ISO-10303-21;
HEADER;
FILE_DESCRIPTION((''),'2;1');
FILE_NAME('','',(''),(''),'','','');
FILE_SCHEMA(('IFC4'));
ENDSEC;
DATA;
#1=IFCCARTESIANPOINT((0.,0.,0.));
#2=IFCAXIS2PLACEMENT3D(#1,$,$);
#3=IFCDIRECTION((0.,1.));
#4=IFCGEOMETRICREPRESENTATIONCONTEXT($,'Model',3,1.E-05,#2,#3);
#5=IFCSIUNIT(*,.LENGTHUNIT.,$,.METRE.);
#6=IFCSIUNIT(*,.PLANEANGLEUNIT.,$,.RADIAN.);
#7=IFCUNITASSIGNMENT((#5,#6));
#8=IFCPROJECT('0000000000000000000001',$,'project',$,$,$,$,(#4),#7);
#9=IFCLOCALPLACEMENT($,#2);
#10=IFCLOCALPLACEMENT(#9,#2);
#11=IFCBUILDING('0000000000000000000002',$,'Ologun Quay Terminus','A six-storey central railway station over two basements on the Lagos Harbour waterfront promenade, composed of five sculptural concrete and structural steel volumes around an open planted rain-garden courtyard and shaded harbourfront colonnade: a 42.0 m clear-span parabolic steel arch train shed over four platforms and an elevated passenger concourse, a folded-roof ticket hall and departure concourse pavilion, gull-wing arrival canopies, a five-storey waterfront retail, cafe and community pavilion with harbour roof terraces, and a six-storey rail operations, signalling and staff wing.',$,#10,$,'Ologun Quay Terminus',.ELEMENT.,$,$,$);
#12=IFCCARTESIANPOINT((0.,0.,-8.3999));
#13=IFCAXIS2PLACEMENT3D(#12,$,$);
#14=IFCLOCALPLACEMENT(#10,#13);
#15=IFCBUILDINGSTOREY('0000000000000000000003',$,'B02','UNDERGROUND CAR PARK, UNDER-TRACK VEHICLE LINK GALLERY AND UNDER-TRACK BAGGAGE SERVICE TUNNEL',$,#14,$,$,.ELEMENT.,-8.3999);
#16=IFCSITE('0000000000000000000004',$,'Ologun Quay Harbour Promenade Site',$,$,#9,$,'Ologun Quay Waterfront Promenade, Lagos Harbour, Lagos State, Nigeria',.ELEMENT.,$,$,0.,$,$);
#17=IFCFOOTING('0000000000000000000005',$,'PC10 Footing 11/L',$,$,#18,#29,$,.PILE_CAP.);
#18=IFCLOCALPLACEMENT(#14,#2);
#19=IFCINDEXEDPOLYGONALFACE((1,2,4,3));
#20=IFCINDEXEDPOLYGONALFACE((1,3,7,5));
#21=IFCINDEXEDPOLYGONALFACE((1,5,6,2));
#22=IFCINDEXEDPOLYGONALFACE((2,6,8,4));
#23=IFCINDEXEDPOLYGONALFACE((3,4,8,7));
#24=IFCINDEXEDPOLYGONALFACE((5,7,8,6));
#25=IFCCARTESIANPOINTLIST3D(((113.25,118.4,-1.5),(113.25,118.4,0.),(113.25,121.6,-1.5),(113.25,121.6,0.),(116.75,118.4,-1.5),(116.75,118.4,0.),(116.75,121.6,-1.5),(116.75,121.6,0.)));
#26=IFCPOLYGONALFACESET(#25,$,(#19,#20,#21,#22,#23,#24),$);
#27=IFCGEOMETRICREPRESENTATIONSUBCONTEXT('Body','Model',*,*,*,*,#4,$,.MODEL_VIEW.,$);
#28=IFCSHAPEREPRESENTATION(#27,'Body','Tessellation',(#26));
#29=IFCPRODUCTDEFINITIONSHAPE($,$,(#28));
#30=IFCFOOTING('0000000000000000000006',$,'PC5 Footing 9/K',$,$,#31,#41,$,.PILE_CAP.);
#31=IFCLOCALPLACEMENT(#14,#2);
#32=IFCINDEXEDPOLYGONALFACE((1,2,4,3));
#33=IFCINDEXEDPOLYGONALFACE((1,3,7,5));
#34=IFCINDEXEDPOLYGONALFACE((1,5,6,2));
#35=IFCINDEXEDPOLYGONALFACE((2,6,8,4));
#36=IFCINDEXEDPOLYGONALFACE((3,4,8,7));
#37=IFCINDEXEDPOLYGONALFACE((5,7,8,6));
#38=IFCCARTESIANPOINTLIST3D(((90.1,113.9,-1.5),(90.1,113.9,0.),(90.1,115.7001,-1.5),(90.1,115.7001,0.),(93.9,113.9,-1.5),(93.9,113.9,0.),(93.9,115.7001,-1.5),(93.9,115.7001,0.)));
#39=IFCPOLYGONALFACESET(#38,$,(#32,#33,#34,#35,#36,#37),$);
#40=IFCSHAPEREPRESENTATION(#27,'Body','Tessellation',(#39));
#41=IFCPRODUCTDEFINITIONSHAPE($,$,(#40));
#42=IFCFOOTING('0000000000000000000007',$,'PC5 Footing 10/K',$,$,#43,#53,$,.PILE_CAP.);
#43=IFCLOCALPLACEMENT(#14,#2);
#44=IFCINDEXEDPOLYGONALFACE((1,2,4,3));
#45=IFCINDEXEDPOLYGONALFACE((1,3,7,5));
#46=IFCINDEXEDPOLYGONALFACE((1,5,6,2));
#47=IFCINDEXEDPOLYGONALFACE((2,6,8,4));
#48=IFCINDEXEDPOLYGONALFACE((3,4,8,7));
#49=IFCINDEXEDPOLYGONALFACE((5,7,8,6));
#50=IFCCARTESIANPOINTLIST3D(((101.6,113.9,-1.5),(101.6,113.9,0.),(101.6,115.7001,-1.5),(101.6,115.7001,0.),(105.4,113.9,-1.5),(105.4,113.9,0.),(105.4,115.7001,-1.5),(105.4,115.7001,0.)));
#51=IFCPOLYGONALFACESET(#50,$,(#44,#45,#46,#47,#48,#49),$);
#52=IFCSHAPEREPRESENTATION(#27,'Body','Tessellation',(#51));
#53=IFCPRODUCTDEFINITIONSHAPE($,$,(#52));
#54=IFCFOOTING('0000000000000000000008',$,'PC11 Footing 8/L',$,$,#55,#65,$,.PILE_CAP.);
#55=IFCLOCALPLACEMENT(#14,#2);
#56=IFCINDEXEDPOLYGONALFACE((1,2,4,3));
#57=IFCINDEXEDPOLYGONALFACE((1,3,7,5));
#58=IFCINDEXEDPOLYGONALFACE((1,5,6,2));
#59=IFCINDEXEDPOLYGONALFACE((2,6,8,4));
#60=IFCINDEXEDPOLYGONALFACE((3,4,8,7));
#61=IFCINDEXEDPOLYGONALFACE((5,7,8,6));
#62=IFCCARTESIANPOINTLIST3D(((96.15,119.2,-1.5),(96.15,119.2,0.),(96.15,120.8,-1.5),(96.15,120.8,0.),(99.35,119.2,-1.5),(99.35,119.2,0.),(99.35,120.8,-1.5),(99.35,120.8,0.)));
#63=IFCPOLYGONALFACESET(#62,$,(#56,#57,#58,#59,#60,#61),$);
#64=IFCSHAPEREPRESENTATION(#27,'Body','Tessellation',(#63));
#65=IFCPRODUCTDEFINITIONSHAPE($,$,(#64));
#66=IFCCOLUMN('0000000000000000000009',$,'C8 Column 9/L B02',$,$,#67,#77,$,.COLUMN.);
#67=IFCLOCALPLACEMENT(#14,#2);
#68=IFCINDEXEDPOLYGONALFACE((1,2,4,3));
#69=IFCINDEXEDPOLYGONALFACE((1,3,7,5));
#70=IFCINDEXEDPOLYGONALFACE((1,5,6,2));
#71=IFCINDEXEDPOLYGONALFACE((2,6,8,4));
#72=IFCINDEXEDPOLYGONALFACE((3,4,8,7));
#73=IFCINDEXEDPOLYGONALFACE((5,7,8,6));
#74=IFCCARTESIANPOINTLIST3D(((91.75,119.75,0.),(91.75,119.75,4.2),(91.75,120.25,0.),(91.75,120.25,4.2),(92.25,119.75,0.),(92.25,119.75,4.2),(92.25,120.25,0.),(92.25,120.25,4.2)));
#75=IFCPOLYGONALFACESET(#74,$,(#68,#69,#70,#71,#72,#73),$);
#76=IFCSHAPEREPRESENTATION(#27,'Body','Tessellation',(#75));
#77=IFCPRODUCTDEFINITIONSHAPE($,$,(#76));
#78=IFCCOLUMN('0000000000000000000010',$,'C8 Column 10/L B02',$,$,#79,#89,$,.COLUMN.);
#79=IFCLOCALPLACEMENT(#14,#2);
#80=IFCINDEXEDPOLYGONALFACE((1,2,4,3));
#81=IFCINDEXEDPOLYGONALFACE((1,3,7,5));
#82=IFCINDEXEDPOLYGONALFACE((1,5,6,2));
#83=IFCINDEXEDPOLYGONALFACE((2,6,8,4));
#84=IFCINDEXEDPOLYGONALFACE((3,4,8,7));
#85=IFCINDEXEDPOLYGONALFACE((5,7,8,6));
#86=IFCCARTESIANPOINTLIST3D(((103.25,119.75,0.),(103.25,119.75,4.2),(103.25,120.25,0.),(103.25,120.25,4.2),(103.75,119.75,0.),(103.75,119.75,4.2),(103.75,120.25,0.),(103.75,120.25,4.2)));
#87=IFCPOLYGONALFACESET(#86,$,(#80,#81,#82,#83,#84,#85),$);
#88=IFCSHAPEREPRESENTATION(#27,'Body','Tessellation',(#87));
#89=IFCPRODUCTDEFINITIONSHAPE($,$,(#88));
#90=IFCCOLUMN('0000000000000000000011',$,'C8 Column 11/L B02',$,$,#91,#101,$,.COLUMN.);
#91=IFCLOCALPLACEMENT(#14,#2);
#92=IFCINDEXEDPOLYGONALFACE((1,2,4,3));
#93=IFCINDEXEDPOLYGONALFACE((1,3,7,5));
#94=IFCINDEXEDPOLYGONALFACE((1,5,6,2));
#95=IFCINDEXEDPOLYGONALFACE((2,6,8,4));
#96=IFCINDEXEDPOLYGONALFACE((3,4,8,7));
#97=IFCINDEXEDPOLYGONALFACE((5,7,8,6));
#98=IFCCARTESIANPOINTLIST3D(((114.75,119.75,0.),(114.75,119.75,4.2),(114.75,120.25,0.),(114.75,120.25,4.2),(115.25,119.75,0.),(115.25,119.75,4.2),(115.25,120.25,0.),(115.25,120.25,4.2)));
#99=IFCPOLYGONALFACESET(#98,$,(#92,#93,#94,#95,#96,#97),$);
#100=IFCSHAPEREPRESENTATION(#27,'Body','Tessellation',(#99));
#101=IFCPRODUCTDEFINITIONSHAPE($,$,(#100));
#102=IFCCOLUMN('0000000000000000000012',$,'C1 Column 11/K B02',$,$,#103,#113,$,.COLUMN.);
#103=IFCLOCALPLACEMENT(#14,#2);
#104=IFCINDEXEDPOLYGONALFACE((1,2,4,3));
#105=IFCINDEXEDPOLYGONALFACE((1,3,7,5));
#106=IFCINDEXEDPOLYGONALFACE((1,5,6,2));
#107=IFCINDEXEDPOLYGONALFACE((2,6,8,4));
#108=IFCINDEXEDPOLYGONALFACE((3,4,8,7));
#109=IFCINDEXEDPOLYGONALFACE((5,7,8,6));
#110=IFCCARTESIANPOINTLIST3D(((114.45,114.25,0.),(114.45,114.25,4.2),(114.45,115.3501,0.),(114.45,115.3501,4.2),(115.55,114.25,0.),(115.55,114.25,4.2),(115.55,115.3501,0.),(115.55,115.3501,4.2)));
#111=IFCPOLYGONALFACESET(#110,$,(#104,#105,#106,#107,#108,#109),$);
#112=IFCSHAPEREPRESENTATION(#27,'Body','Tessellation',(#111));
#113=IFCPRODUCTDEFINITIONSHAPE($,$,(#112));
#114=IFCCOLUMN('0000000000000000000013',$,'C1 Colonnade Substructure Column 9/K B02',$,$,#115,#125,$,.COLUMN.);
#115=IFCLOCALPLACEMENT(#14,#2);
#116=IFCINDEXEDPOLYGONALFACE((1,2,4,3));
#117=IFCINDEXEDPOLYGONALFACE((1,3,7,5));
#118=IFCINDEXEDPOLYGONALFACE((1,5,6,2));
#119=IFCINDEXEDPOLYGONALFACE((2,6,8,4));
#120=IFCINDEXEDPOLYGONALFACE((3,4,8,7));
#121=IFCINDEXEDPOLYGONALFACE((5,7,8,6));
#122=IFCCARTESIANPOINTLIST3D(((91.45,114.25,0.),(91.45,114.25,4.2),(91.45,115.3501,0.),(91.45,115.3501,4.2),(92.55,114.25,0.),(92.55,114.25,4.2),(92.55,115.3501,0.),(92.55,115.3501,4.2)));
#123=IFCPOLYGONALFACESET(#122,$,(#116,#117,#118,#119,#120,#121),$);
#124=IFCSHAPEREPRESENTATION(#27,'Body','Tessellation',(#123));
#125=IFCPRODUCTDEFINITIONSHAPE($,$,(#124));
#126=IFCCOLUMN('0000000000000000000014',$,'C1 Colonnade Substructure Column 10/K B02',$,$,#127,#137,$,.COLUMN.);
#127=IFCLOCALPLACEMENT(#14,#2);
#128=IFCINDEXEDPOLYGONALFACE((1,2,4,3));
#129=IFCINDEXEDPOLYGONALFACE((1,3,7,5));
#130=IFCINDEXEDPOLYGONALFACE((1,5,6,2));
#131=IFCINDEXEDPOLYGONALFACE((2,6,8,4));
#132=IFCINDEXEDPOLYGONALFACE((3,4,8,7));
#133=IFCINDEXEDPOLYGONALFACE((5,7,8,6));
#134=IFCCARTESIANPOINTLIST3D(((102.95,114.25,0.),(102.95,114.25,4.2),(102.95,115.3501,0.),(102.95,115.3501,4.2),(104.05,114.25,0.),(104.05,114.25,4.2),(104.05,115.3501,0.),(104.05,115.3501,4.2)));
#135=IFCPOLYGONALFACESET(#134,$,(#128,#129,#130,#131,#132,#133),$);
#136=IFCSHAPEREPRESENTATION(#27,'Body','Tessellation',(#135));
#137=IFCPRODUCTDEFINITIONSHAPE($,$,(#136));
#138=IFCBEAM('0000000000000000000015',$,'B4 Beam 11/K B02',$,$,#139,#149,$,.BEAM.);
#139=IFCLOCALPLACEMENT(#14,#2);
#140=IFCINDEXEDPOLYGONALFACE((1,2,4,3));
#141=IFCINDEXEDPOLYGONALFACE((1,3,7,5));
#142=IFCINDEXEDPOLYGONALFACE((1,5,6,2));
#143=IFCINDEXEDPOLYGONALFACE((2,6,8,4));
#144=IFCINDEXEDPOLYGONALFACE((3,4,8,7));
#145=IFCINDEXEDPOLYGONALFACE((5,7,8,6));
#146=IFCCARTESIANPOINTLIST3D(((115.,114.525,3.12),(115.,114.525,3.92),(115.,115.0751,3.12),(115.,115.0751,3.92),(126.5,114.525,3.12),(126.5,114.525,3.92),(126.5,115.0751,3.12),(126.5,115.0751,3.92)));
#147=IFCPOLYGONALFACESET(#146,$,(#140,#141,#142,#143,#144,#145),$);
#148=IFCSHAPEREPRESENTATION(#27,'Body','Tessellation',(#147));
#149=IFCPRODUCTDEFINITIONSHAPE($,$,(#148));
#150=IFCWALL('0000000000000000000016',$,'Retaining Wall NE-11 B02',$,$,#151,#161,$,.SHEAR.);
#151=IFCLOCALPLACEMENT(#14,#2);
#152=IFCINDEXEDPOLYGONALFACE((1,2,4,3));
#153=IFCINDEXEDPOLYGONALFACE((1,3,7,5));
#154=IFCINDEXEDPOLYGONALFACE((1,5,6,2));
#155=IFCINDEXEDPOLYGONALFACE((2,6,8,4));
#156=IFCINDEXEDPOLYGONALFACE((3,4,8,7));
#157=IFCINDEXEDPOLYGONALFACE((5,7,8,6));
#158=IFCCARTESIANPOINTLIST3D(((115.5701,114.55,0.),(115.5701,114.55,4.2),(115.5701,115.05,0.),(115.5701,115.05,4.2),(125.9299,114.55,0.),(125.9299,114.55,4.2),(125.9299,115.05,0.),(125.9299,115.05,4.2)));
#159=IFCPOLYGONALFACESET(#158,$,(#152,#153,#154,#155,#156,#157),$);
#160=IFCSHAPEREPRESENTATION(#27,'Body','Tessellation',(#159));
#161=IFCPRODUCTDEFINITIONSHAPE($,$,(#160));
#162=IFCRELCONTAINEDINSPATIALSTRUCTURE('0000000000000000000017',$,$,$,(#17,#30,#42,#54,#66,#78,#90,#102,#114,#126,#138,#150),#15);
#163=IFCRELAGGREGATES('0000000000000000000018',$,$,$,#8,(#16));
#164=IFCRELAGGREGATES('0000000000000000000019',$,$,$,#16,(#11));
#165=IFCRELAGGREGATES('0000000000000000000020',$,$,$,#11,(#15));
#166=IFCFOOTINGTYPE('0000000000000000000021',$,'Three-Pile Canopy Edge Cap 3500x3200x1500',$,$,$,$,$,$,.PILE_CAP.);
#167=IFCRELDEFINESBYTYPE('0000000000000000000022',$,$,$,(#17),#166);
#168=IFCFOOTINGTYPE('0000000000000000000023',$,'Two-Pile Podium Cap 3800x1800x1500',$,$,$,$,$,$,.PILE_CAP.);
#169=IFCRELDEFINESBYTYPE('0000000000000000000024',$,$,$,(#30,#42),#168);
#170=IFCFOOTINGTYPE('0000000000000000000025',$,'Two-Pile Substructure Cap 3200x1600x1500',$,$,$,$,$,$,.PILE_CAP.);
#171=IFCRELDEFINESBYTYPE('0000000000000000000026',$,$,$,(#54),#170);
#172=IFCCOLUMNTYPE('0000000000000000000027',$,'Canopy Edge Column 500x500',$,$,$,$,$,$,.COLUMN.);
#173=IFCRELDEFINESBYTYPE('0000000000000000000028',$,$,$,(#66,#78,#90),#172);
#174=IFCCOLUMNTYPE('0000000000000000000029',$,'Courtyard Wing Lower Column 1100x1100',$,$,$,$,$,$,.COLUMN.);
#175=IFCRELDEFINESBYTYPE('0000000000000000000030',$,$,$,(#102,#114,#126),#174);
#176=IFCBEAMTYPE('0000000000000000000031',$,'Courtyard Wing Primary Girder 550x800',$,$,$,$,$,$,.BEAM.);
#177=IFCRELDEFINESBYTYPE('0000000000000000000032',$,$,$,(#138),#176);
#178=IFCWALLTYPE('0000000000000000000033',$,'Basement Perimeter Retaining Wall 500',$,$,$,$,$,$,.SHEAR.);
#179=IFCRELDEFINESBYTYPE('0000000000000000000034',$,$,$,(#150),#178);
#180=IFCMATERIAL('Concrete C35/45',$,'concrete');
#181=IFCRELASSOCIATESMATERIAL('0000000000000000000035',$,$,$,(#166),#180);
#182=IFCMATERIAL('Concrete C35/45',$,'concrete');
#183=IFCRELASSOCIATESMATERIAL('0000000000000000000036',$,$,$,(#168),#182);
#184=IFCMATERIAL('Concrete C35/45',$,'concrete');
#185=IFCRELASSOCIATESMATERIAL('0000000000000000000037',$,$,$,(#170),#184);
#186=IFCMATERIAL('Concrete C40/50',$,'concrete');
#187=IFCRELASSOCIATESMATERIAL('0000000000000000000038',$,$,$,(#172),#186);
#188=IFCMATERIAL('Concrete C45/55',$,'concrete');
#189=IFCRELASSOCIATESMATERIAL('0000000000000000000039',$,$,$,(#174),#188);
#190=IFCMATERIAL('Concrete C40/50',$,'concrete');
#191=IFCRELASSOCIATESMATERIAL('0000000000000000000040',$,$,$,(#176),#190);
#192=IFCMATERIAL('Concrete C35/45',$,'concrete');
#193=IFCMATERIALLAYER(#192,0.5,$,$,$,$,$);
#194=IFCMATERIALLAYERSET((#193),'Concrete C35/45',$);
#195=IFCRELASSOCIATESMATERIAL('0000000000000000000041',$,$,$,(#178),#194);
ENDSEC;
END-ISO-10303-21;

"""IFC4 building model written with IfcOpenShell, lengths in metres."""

from ifc_helpers import new_model, si_unit, direction, frame, frame_2d, origin, origin_2d, place, context, subcontext, project, spatial, rectangle, extrude, material, layer, layer_set, material_profile, profile_set, type_object, element, save


model = new_model("IFC4")

# Units and contexts
model_context = context("Model", 3, precision=1e-05, world=origin(), true_north=direction((0.0, 1.0)))
body_context = subcontext(model_context, "Body", "Model", "MODEL_VIEW")
ifc_project = project(units=[si_unit("LENGTHUNIT", "METRE"), si_unit("PLANEANGLEUNIT", "RADIAN")], contexts=[model_context])

# Site, building, storey
site_placement = place(None, origin())
site = spatial("IfcSite", under=ifc_project, at=site_placement, Name="Ologun Quay Harbour Promenade Site", LongName="Ologun Quay Waterfront Promenade, Lagos Harbour, Lagos State, Nigeria", CompositionType="ELEMENT", RefElevation=0.0)
building_placement = place(site_placement, origin())
building = spatial("IfcBuilding", under=site, at=building_placement, Name="Ologun Quay Terminus", Description="A six-storey central railway station over two basements on the Lagos Harbour waterfront promenade, composed of five sculptural concrete and structural steel volumes around an open planted rain-garden courtyard and shaded harbourfront colonnade: a 42.0 m clear-span parabolic steel arch train shed over four platforms and an elevated passenger concourse, a folded-roof ticket hall and departure concourse pavilion, gull-wing arrival canopies, a five-storey waterfront retail, cafe and community pavilion with harbour roof terraces, and a six-storey rail operations, signalling and staff wing.", LongName="Ologun Quay Terminus", CompositionType="ELEMENT")
storey_placement = place(building_placement, frame((0.0, 0.0, -8.3999)))
storey = spatial("IfcBuildingStorey", under=building, at=storey_placement, Name="B02", Description="UNDERGROUND CAR PARK, UNDER-TRACK VEHICLE LINK GALLERY AND UNDER-TRACK BAGGAGE SERVICE TUNNEL", CompositionType="ELEMENT", Elevation=-8.3999)

# Footings
ifc_material_1 = material(Name="Concrete C35/45", Category="concrete")
footing_type_1 = type_object("IfcFootingType", Name="Three-Pile Canopy Edge Cap 3500x3200x1500", PredefinedType="PILE_CAP", material=ifc_material_1)
for number, where, z_axis, x_axis, name in (
    (1, (115.0, 120.0, -1.5), (0.0, 0.0, 1.0), (1.0, 0.0, 0.0), "PC10 Footing 11/L"),
):
    element("IfcFooting", number, at=place(storey_placement, frame(where, z_axis=z_axis, x_axis=x_axis)), inside=storey, type_object=footing_type_1, Name=name, PredefinedType="PILE_CAP", context=body_context, shape_type="SweptSolid", body=[
        extrude(rectangle(XDim=3.5, YDim=3.2, at=origin_2d()), origin(), (0.0, 0.0, 1.0), 1.5),
    ])
ifc_material_2 = material(Name="Concrete C35/45", Category="concrete")
footing_type_2 = type_object("IfcFootingType", Name="Two-Pile Podium Cap 3800x1800x1500", PredefinedType="PILE_CAP", material=ifc_material_2)
for number, where, z_axis, x_axis, name in (
    (2, (92.0, 114.8, -1.5), (0.0, 0.0, 1.0), (1.0, 0.0, 0.0), "PC5 Footing 9/K"),
    (3, (103.5, 114.8, -1.5), (0.0, 0.0, 1.0), (1.0, 0.0, 0.0), "PC5 Footing 10/K"),
):
    element("IfcFooting", number, at=place(storey_placement, frame(where, z_axis=z_axis, x_axis=x_axis)), inside=storey, type_object=footing_type_2, Name=name, PredefinedType="PILE_CAP", context=body_context, shape_type="SweptSolid", body=[
        extrude(rectangle(XDim=3.8, YDim=1.8, at=origin_2d()), origin(), (0.0, 0.0, 1.0), 1.5),
    ])
ifc_material_3 = material(Name="Concrete C35/45", Category="concrete")
footing_type_3 = type_object("IfcFootingType", Name="Two-Pile Substructure Cap 3200x1600x1500", PredefinedType="PILE_CAP", material=ifc_material_3)
footing_1_placement = place(storey_placement, frame((97.75, 120.0, -1.5), z_axis=(0.0, 0.0, 1.0), x_axis=(1.0, 0.0, 0.0)))
element("IfcFooting", 4, at=footing_1_placement, inside=storey, type_object=footing_type_3, Name="PC11 Footing 8/L", PredefinedType="PILE_CAP", context=body_context, shape_type="SweptSolid", body=[
    extrude(rectangle(XDim=3.2, YDim=1.6001, at=origin_2d()), origin(), (0.0, 0.0, 1.0), 1.5),
])

# Columns
ifc_material_4 = material(Name="Concrete C40/50", Category="concrete")
ifc_material_profile_1 = material_profile(ifc_material_4, rectangle(XDim=0.5, YDim=0.5, at=origin_2d()), Name="RC 500x500")
ifc_profile_set_1 = profile_set([ifc_material_profile_1], Name="Concrete C40/50")
column_type_1 = type_object("IfcColumnType", Name="Canopy Edge Column 500x500", PredefinedType="COLUMN", material=ifc_profile_set_1)
for number, where, z_axis, x_axis, name in (
    (5, (92.0, 120.0, 0.0), (0.0, 0.0, 1.0), (1.0, 0.0, 0.0), "C8 Column 9/L B02"),
    (6, (103.5, 120.0, 0.0), (0.0, 0.0, 1.0), (1.0, 0.0, 0.0), "C8 Column 10/L B02"),
    (7, (115.0, 120.0, 0.0), (0.0, 0.0, 1.0), (1.0, 0.0, 0.0), "C8 Column 11/L B02"),
):
    element("IfcColumn", number, at=place(storey_placement, frame(where, z_axis=z_axis, x_axis=x_axis)), inside=storey, type_object=column_type_1, Name=name, PredefinedType="COLUMN", context=body_context, shape_type="SweptSolid", body=[
        extrude(rectangle(XDim=0.5, YDim=0.5, at=origin_2d()), origin(), (0.0, 0.0, 1.0), 4.2),
    ])
ifc_material_5 = material(Name="Concrete C45/55", Category="concrete")
ifc_material_profile_2 = material_profile(ifc_material_5, rectangle(XDim=1.1001, YDim=1.1001, at=origin_2d()), Name="RC 1100x1100")
ifc_profile_set_2 = profile_set([ifc_material_profile_2], Name="Concrete C45/55")
column_type_2 = type_object("IfcColumnType", Name="Courtyard Wing Lower Column 1100x1100", PredefinedType="COLUMN", material=ifc_profile_set_2)
for number, where, z_axis, x_axis, name in (
    (8, (115.0, 114.8, 0.0), (0.0, 0.0, 1.0), (1.0, 0.0, 0.0), "C1 Column 11/K B02"),
    (9, (92.0, 114.8, 0.0), (0.0, 0.0, 1.0), (1.0, 0.0, 0.0), "C1 Colonnade Substructure Column 9/K B02"),
    (10, (103.5, 114.8, 0.0), (0.0, 0.0, 1.0), (1.0, 0.0, 0.0), "C1 Colonnade Substructure Column 10/K B02"),
):
    element("IfcColumn", number, at=place(storey_placement, frame(where, z_axis=z_axis, x_axis=x_axis)), inside=storey, type_object=column_type_2, Name=name, PredefinedType="COLUMN", context=body_context, shape_type="SweptSolid", body=[
        extrude(rectangle(XDim=1.1001, YDim=1.1001, at=origin_2d()), origin(), (0.0, 0.0, 1.0), 4.2),
    ])

# Beam
ifc_material_6 = material(Name="Concrete C40/50", Category="concrete")
ifc_material_profile_3 = material_profile(ifc_material_6, rectangle(XDim=0.55, YDim=0.8, at=origin_2d()), Name="RC 550x800")
ifc_profile_set_3 = profile_set([ifc_material_profile_3], Name="Concrete C40/50")
beam_type = type_object("IfcBeamType", Name="Courtyard Wing Primary Girder 550x800", PredefinedType="BEAM", material=ifc_profile_set_3)
beam_placement = place(storey_placement, frame((115.0, 114.8, 3.52), z_axis=(1.0, 0.0, 0.0), x_axis=(0.0, 1.0, 0.0)))
element("IfcBeam", 11, at=beam_placement, inside=storey, type_object=beam_type, Name="B4 Beam 11/K B02", PredefinedType="BEAM", context=body_context, shape_type="SweptSolid", body=[
    extrude(rectangle(XDim=0.55, YDim=0.8, at=origin_2d()), origin(), (0.0, 0.0, 1.0), 11.5),
])

# Wall
ifc_material_7 = material(Name="Concrete C35/45", Category="concrete")
ifc_layer = layer(ifc_material_7, 0.5)
ifc_layer_set = layer_set([ifc_layer], Name="Concrete C35/45")
wall_type = type_object("IfcWallType", Name="Basement Perimeter Retaining Wall 500", PredefinedType="SHEAR", material=ifc_layer_set)
wall_placement = place(storey_placement, frame((115.5701, 114.8, 0.0), z_axis=(0.0, 0.0, 1.0), x_axis=(1.0, 0.0, 0.0)))
element("IfcWall", 12, at=wall_placement, inside=storey, type_object=wall_type, Name="Retaining Wall NE-11 B02", PredefinedType="SHEAR", context=body_context, shape_type="SweptSolid", body=[
    extrude(rectangle(XDim=10.3599, YDim=0.5, at=frame_2d((5.1799, 0.0))), origin(), (0.0, 0.0, 1.0), 4.2),
])

save(model, "model.ifc")
